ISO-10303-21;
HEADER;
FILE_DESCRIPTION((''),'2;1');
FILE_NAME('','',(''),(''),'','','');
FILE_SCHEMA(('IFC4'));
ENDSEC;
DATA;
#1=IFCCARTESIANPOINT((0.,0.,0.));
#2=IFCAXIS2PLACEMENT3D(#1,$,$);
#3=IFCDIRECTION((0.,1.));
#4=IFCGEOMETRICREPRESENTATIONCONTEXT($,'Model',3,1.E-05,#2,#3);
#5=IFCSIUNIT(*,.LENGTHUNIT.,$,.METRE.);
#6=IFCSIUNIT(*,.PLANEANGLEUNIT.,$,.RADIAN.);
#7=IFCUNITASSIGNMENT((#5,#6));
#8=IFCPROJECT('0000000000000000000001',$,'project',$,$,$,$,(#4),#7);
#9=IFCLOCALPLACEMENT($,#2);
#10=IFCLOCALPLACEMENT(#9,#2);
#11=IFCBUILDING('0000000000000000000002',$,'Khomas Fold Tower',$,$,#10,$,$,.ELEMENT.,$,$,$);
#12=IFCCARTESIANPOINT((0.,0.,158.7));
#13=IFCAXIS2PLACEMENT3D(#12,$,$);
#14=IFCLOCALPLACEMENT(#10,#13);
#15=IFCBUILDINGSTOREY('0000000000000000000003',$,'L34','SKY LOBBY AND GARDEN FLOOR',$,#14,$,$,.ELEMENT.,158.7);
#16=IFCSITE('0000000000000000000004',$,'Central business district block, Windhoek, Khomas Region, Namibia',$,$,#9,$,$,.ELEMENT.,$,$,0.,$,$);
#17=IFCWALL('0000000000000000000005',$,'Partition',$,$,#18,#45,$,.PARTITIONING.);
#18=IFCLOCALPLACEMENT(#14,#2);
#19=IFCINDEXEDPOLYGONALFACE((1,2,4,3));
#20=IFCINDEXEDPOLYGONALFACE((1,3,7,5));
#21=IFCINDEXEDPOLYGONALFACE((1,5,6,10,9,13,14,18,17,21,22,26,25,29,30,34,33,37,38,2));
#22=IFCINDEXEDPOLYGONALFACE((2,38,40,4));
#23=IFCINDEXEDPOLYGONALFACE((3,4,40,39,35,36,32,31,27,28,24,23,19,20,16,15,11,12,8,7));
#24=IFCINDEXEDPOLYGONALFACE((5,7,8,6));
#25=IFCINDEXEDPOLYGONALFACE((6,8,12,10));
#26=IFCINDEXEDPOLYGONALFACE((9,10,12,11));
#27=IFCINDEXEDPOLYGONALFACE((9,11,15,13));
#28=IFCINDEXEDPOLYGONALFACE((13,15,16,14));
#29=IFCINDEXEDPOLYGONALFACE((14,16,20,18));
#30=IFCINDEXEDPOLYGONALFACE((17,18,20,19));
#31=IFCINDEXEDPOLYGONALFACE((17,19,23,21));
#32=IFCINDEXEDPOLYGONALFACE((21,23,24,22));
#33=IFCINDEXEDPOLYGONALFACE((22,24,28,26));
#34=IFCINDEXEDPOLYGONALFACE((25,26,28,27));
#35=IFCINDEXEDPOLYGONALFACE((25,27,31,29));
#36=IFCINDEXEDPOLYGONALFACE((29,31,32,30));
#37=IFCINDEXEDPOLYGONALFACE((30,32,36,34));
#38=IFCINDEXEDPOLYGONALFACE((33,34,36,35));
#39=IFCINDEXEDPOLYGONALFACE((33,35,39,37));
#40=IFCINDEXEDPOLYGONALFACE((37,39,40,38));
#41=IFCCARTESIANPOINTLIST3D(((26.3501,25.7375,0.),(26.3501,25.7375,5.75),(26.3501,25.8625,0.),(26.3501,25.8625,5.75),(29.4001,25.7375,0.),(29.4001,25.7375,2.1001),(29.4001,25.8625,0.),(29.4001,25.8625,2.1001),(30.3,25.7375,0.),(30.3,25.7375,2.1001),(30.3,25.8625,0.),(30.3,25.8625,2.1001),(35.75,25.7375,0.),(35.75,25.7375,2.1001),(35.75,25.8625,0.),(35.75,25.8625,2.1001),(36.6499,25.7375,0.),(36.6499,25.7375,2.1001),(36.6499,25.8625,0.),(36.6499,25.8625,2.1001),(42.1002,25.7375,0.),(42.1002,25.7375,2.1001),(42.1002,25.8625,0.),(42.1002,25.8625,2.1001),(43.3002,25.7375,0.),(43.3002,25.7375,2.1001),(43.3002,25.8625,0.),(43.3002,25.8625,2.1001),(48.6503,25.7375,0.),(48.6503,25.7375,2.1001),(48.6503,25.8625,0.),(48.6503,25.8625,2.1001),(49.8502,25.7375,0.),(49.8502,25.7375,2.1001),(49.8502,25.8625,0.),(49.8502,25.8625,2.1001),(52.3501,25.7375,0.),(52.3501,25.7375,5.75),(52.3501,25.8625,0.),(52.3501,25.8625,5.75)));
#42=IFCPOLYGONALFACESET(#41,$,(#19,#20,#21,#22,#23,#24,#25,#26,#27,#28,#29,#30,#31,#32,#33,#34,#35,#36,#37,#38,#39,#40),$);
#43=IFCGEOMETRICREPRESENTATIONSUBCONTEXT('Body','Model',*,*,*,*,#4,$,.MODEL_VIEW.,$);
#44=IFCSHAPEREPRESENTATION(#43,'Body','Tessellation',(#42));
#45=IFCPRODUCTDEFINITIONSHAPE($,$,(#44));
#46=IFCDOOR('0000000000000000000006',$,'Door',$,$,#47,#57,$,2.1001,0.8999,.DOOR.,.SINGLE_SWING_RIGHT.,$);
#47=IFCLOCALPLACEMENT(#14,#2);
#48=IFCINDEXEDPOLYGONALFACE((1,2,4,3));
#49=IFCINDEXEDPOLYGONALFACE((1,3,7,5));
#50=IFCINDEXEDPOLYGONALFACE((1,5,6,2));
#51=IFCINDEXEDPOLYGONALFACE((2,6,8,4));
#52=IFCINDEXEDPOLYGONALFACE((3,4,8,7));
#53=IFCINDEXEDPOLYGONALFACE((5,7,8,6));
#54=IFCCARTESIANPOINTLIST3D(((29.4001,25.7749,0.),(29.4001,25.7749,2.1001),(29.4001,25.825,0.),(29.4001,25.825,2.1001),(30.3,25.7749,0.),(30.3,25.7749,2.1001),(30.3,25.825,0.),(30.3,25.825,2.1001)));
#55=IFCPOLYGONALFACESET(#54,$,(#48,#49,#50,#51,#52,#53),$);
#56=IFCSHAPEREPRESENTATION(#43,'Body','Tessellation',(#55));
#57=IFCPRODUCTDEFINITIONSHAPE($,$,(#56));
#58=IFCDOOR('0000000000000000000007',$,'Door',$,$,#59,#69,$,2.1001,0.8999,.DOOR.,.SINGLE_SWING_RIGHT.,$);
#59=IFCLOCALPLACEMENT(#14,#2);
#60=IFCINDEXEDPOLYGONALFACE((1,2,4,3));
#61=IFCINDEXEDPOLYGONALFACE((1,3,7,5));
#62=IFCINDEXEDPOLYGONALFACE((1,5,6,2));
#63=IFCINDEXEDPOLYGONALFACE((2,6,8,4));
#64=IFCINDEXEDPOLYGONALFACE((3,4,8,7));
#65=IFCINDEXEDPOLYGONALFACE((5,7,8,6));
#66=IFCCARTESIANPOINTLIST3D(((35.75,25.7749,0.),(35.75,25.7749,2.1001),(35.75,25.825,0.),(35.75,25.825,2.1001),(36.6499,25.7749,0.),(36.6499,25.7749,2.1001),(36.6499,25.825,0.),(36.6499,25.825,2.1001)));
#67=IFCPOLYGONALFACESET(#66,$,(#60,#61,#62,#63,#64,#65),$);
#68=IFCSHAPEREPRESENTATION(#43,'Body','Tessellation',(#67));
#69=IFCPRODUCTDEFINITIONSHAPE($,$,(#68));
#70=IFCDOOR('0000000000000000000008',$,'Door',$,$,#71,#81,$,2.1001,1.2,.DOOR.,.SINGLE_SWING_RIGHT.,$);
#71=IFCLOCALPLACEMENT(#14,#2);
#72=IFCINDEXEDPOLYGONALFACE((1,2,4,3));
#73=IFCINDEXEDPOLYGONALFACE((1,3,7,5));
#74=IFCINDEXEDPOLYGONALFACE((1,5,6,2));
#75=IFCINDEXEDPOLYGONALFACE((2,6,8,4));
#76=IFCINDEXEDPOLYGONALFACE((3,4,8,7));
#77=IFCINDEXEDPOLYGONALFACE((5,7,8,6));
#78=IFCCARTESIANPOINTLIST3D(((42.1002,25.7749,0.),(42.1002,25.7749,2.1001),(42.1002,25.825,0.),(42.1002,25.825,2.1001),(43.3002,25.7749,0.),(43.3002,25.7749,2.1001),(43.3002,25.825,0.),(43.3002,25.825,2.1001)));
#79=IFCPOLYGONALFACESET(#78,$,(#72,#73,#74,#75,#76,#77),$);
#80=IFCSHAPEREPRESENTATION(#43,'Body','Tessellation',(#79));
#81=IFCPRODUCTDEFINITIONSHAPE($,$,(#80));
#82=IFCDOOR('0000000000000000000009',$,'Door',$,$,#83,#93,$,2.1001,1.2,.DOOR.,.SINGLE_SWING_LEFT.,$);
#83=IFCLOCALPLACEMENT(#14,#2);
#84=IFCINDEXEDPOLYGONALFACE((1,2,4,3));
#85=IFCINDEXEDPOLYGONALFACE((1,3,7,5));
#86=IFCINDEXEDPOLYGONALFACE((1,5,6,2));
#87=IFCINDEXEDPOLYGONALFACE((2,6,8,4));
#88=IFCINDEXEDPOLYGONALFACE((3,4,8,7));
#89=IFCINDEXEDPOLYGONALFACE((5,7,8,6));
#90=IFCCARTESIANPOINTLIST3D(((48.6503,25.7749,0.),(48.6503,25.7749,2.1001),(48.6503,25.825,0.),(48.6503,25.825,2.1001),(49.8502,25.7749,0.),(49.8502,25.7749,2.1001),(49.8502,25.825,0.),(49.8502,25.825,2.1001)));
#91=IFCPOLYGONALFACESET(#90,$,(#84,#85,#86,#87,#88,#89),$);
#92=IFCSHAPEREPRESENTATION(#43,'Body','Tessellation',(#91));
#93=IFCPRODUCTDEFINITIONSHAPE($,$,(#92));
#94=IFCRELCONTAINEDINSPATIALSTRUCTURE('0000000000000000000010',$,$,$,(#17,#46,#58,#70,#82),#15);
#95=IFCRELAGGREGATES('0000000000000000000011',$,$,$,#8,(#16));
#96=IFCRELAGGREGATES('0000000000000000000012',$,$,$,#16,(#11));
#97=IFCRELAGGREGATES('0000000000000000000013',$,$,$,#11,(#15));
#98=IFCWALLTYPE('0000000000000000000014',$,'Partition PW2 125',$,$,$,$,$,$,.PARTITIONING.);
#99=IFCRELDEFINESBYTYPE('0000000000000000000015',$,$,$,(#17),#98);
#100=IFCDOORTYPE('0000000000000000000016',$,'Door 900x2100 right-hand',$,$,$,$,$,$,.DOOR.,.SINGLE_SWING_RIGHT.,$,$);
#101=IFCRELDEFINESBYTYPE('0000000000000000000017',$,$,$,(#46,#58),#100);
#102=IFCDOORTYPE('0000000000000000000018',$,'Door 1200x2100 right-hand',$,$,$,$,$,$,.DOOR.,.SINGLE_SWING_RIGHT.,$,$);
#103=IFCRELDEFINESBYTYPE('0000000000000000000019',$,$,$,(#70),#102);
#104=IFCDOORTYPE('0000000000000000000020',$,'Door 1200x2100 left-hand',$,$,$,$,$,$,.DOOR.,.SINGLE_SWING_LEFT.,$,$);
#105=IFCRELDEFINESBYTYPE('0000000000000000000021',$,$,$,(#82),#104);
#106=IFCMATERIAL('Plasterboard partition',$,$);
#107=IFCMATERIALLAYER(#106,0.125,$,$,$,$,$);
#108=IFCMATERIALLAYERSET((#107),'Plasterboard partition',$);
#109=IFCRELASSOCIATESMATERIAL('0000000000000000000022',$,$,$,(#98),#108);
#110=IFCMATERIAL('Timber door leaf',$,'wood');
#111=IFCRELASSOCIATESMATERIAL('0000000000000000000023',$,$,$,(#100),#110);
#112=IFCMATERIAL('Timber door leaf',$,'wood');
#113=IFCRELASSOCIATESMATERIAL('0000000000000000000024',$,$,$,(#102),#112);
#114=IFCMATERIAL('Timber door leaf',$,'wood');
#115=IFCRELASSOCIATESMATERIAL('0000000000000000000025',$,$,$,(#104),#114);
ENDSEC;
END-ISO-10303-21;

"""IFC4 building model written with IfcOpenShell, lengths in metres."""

from ifc_helpers import new_model, si_unit, direction, frame, frame_2d, origin, place, context, subcontext, project, spatial, rectangle, extrude, source, transform, mapped, material, layer, layer_set, type_object, element, fill, save


model = new_model("IFC4")

# Units and contexts
model_context = context("Model", 3, precision=1e-05, world=origin(), true_north=direction((0.0, 1.0)))
body_context = subcontext(model_context, "Body", "Model", "MODEL_VIEW")
ifc_project = project(units=[si_unit("LENGTHUNIT", "METRE"), si_unit("PLANEANGLEUNIT", "RADIAN")], contexts=[model_context])

# Site, building, storey
site_placement = place(None, origin())
site = spatial("IfcSite", under=ifc_project, at=site_placement, Name="Central business district block, Windhoek, Khomas Region, Namibia", CompositionType="ELEMENT", RefElevation=0.0)
building_placement = place(site_placement, origin())
building = spatial("IfcBuilding", under=site, at=building_placement, Name="Khomas Fold Tower", CompositionType="ELEMENT")
storey_placement = place(building_placement, frame((0.0, 0.0, 158.7)))
storey = spatial("IfcBuildingStorey", under=building, at=storey_placement, Name="L34", Description="SKY LOBBY AND GARDEN FLOOR", CompositionType="ELEMENT", Elevation=158.7)

# Shared definitions
ifc_material_1 = material(Name="Plasterboard partition")
ifc_layer_1 = layer(ifc_material_1, 0.125)
ifc_layer_set_1 = layer_set([ifc_layer_1], Name="Plasterboard partition")
wall_type_1 = type_object("IfcWallType", Name="Partition PW2 125", PredefinedType="PARTITIONING", material=ifc_layer_set_1)

# Wall, openings, doors
shared_shape_1 = source(origin(), body_context, "Body", "SweptSolid", [
    extrude(rectangle(XDim=26.0, YDim=0.125, at=frame_2d((13.0, 0.0))), origin(), (0.0, 0.0, 1.0), 5.75),
])
wall_1_placement = place(storey_placement, frame((26.3501, 25.8, 0.0), z_axis=(0.0, 0.0, 1.0), x_axis=(1.0, 0.0, 0.0)))
wall_1 = element("IfcWall", 1, at=wall_1_placement, inside=storey, type_object=wall_type_1, Name="Partition", PredefinedType="PARTITIONING", context=body_context, shape_type="MappedRepresentation", body=[
    mapped(shared_shape_1, transform((0.0, 0.0, 0.0))),
])
shared_shape_2 = source(origin(), body_context, "Body", "SweptSolid", [
    extrude(rectangle(XDim=1.2, YDim=2.1001, at=frame_2d((0.6001, 1.05))), frame((0.0, 0.0725, 0.0), z_axis=(0.0, -1.0, 0.0), x_axis=(1.0, 0.0, 0.0)), (0.0, 0.0, 1.0), 0.145),
])
opening_1_placement = place(wall_1_placement, frame((15.75, 0.0, 0.0)))
opening_1 = element("IfcOpeningElement", 2, at=opening_1_placement, cuts=wall_1, PredefinedType="OPENING", context=body_context, shape_type="MappedRepresentation", body=[
    mapped(shared_shape_2, transform((0.0, 0.0, 0.0))),
])
opening_2_placement = place(wall_1_placement, frame((22.3, 0.0, 0.0)))
opening_2 = element("IfcOpeningElement", 3, at=opening_2_placement, cuts=wall_1, PredefinedType="OPENING", context=body_context, shape_type="MappedRepresentation", body=[
    mapped(shared_shape_2, transform((0.0, 0.0, 0.0))),
])
shared_shape_3 = source(origin(), body_context, "Body", "SweptSolid", [
    extrude(rectangle(XDim=0.8999, YDim=2.1001, at=frame_2d((0.45, 1.05))), frame((0.0, 0.0725, 0.0), z_axis=(0.0, -1.0, 0.0), x_axis=(1.0, 0.0, 0.0)), (0.0, 0.0, 1.0), 0.145),
])
opening_3_placement = place(wall_1_placement, frame((3.05, 0.0, 0.0)))
opening_3 = element("IfcOpeningElement", 4, at=opening_3_placement, cuts=wall_1, PredefinedType="OPENING", context=body_context, shape_type="MappedRepresentation", body=[
    mapped(shared_shape_3, transform((0.0, 0.0, 0.0))),
])
opening_4_placement = place(wall_1_placement, frame((9.3999, 0.0, 0.0)))
opening_4 = element("IfcOpeningElement", 5, at=opening_4_placement, cuts=wall_1, PredefinedType="OPENING", context=body_context, shape_type="MappedRepresentation", body=[
    mapped(shared_shape_3, transform((0.0, 0.0, 0.0))),
])
ifc_material_2 = material(Name="Timber door leaf", Category="wood")
door_type_1 = type_object("IfcDoorType", Name="Door 900x2100 right-hand", OperationType="SINGLE_SWING_RIGHT", PredefinedType="DOOR", material=ifc_material_2)
shared_shape_4 = source(origin(), body_context, "Body", "SweptSolid", [
    extrude(rectangle(XDim=0.8999, YDim=2.1001, at=frame_2d((0.45, 1.05))), frame((0.0, 0.0249, 0.0), z_axis=(0.0, -1.0, 0.0), x_axis=(1.0, 0.0, 0.0)), (0.0, 0.0, 1.0), 0.05),
])
door_1_placement = place(opening_3_placement, origin())
door_1 = element("IfcDoor", 6, at=door_1_placement, inside=storey, type_object=door_type_1, Name="Door", OperationType="SINGLE_SWING_RIGHT", OverallHeight=2.1001, OverallWidth=0.8999, PredefinedType="DOOR", context=body_context, shape_type="MappedRepresentation", body=[
    mapped(shared_shape_4, transform((0.0, 0.0, 0.0))),
])
fill(opening_3, door_1)
door_2_placement = place(opening_4_placement, origin())
door_2 = element("IfcDoor", 7, at=door_2_placement, inside=storey, type_object=door_type_1, Name="Door", OperationType="SINGLE_SWING_RIGHT", OverallHeight=2.1001, OverallWidth=0.8999, PredefinedType="DOOR", context=body_context, shape_type="MappedRepresentation", body=[
    mapped(shared_shape_4, transform((0.0, 0.0, 0.0))),
])
fill(opening_4, door_2)
ifc_material_3 = material(Name="Timber door leaf", Category="wood")
door_type_2 = type_object("IfcDoorType", Name="Door 1200x2100 right-hand", OperationType="SINGLE_SWING_RIGHT", PredefinedType="DOOR", material=ifc_material_3)
shared_shape_5 = source(origin(), body_context, "Body", "SweptSolid", [
    extrude(rectangle(XDim=1.2, YDim=2.1001, at=frame_2d((0.6001, 1.05))), frame((0.0, 0.0249, 0.0), z_axis=(0.0, -1.0, 0.0), x_axis=(1.0, 0.0, 0.0)), (0.0, 0.0, 1.0), 0.05),
])
door_3_placement = place(opening_1_placement, origin())
door_3 = element("IfcDoor", 8, at=door_3_placement, inside=storey, type_object=door_type_2, Name="Door", OperationType="SINGLE_SWING_RIGHT", OverallHeight=2.1001, OverallWidth=1.2, PredefinedType="DOOR", context=body_context, shape_type="MappedRepresentation", body=[
    mapped(shared_shape_5, transform((0.0, 0.0, 0.0))),
])
fill(opening_1, door_3)
ifc_material_4 = material(Name="Timber door leaf", Category="wood")
door_type_3 = type_object("IfcDoorType", Name="Door 1200x2100 left-hand", OperationType="SINGLE_SWING_LEFT", PredefinedType="DOOR", material=ifc_material_4)
door_4_placement = place(opening_2_placement, origin())
door_4 = element("IfcDoor", 9, at=door_4_placement, inside=storey, type_object=door_type_3, Name="Door", OperationType="SINGLE_SWING_LEFT", OverallHeight=2.1001, OverallWidth=1.2, PredefinedType="DOOR", context=body_context, shape_type="MappedRepresentation", body=[
    mapped(shared_shape_5, transform((0.0, 0.0, 0.0))),
])
fill(opening_2, door_4)

save(model, "model.ifc")
